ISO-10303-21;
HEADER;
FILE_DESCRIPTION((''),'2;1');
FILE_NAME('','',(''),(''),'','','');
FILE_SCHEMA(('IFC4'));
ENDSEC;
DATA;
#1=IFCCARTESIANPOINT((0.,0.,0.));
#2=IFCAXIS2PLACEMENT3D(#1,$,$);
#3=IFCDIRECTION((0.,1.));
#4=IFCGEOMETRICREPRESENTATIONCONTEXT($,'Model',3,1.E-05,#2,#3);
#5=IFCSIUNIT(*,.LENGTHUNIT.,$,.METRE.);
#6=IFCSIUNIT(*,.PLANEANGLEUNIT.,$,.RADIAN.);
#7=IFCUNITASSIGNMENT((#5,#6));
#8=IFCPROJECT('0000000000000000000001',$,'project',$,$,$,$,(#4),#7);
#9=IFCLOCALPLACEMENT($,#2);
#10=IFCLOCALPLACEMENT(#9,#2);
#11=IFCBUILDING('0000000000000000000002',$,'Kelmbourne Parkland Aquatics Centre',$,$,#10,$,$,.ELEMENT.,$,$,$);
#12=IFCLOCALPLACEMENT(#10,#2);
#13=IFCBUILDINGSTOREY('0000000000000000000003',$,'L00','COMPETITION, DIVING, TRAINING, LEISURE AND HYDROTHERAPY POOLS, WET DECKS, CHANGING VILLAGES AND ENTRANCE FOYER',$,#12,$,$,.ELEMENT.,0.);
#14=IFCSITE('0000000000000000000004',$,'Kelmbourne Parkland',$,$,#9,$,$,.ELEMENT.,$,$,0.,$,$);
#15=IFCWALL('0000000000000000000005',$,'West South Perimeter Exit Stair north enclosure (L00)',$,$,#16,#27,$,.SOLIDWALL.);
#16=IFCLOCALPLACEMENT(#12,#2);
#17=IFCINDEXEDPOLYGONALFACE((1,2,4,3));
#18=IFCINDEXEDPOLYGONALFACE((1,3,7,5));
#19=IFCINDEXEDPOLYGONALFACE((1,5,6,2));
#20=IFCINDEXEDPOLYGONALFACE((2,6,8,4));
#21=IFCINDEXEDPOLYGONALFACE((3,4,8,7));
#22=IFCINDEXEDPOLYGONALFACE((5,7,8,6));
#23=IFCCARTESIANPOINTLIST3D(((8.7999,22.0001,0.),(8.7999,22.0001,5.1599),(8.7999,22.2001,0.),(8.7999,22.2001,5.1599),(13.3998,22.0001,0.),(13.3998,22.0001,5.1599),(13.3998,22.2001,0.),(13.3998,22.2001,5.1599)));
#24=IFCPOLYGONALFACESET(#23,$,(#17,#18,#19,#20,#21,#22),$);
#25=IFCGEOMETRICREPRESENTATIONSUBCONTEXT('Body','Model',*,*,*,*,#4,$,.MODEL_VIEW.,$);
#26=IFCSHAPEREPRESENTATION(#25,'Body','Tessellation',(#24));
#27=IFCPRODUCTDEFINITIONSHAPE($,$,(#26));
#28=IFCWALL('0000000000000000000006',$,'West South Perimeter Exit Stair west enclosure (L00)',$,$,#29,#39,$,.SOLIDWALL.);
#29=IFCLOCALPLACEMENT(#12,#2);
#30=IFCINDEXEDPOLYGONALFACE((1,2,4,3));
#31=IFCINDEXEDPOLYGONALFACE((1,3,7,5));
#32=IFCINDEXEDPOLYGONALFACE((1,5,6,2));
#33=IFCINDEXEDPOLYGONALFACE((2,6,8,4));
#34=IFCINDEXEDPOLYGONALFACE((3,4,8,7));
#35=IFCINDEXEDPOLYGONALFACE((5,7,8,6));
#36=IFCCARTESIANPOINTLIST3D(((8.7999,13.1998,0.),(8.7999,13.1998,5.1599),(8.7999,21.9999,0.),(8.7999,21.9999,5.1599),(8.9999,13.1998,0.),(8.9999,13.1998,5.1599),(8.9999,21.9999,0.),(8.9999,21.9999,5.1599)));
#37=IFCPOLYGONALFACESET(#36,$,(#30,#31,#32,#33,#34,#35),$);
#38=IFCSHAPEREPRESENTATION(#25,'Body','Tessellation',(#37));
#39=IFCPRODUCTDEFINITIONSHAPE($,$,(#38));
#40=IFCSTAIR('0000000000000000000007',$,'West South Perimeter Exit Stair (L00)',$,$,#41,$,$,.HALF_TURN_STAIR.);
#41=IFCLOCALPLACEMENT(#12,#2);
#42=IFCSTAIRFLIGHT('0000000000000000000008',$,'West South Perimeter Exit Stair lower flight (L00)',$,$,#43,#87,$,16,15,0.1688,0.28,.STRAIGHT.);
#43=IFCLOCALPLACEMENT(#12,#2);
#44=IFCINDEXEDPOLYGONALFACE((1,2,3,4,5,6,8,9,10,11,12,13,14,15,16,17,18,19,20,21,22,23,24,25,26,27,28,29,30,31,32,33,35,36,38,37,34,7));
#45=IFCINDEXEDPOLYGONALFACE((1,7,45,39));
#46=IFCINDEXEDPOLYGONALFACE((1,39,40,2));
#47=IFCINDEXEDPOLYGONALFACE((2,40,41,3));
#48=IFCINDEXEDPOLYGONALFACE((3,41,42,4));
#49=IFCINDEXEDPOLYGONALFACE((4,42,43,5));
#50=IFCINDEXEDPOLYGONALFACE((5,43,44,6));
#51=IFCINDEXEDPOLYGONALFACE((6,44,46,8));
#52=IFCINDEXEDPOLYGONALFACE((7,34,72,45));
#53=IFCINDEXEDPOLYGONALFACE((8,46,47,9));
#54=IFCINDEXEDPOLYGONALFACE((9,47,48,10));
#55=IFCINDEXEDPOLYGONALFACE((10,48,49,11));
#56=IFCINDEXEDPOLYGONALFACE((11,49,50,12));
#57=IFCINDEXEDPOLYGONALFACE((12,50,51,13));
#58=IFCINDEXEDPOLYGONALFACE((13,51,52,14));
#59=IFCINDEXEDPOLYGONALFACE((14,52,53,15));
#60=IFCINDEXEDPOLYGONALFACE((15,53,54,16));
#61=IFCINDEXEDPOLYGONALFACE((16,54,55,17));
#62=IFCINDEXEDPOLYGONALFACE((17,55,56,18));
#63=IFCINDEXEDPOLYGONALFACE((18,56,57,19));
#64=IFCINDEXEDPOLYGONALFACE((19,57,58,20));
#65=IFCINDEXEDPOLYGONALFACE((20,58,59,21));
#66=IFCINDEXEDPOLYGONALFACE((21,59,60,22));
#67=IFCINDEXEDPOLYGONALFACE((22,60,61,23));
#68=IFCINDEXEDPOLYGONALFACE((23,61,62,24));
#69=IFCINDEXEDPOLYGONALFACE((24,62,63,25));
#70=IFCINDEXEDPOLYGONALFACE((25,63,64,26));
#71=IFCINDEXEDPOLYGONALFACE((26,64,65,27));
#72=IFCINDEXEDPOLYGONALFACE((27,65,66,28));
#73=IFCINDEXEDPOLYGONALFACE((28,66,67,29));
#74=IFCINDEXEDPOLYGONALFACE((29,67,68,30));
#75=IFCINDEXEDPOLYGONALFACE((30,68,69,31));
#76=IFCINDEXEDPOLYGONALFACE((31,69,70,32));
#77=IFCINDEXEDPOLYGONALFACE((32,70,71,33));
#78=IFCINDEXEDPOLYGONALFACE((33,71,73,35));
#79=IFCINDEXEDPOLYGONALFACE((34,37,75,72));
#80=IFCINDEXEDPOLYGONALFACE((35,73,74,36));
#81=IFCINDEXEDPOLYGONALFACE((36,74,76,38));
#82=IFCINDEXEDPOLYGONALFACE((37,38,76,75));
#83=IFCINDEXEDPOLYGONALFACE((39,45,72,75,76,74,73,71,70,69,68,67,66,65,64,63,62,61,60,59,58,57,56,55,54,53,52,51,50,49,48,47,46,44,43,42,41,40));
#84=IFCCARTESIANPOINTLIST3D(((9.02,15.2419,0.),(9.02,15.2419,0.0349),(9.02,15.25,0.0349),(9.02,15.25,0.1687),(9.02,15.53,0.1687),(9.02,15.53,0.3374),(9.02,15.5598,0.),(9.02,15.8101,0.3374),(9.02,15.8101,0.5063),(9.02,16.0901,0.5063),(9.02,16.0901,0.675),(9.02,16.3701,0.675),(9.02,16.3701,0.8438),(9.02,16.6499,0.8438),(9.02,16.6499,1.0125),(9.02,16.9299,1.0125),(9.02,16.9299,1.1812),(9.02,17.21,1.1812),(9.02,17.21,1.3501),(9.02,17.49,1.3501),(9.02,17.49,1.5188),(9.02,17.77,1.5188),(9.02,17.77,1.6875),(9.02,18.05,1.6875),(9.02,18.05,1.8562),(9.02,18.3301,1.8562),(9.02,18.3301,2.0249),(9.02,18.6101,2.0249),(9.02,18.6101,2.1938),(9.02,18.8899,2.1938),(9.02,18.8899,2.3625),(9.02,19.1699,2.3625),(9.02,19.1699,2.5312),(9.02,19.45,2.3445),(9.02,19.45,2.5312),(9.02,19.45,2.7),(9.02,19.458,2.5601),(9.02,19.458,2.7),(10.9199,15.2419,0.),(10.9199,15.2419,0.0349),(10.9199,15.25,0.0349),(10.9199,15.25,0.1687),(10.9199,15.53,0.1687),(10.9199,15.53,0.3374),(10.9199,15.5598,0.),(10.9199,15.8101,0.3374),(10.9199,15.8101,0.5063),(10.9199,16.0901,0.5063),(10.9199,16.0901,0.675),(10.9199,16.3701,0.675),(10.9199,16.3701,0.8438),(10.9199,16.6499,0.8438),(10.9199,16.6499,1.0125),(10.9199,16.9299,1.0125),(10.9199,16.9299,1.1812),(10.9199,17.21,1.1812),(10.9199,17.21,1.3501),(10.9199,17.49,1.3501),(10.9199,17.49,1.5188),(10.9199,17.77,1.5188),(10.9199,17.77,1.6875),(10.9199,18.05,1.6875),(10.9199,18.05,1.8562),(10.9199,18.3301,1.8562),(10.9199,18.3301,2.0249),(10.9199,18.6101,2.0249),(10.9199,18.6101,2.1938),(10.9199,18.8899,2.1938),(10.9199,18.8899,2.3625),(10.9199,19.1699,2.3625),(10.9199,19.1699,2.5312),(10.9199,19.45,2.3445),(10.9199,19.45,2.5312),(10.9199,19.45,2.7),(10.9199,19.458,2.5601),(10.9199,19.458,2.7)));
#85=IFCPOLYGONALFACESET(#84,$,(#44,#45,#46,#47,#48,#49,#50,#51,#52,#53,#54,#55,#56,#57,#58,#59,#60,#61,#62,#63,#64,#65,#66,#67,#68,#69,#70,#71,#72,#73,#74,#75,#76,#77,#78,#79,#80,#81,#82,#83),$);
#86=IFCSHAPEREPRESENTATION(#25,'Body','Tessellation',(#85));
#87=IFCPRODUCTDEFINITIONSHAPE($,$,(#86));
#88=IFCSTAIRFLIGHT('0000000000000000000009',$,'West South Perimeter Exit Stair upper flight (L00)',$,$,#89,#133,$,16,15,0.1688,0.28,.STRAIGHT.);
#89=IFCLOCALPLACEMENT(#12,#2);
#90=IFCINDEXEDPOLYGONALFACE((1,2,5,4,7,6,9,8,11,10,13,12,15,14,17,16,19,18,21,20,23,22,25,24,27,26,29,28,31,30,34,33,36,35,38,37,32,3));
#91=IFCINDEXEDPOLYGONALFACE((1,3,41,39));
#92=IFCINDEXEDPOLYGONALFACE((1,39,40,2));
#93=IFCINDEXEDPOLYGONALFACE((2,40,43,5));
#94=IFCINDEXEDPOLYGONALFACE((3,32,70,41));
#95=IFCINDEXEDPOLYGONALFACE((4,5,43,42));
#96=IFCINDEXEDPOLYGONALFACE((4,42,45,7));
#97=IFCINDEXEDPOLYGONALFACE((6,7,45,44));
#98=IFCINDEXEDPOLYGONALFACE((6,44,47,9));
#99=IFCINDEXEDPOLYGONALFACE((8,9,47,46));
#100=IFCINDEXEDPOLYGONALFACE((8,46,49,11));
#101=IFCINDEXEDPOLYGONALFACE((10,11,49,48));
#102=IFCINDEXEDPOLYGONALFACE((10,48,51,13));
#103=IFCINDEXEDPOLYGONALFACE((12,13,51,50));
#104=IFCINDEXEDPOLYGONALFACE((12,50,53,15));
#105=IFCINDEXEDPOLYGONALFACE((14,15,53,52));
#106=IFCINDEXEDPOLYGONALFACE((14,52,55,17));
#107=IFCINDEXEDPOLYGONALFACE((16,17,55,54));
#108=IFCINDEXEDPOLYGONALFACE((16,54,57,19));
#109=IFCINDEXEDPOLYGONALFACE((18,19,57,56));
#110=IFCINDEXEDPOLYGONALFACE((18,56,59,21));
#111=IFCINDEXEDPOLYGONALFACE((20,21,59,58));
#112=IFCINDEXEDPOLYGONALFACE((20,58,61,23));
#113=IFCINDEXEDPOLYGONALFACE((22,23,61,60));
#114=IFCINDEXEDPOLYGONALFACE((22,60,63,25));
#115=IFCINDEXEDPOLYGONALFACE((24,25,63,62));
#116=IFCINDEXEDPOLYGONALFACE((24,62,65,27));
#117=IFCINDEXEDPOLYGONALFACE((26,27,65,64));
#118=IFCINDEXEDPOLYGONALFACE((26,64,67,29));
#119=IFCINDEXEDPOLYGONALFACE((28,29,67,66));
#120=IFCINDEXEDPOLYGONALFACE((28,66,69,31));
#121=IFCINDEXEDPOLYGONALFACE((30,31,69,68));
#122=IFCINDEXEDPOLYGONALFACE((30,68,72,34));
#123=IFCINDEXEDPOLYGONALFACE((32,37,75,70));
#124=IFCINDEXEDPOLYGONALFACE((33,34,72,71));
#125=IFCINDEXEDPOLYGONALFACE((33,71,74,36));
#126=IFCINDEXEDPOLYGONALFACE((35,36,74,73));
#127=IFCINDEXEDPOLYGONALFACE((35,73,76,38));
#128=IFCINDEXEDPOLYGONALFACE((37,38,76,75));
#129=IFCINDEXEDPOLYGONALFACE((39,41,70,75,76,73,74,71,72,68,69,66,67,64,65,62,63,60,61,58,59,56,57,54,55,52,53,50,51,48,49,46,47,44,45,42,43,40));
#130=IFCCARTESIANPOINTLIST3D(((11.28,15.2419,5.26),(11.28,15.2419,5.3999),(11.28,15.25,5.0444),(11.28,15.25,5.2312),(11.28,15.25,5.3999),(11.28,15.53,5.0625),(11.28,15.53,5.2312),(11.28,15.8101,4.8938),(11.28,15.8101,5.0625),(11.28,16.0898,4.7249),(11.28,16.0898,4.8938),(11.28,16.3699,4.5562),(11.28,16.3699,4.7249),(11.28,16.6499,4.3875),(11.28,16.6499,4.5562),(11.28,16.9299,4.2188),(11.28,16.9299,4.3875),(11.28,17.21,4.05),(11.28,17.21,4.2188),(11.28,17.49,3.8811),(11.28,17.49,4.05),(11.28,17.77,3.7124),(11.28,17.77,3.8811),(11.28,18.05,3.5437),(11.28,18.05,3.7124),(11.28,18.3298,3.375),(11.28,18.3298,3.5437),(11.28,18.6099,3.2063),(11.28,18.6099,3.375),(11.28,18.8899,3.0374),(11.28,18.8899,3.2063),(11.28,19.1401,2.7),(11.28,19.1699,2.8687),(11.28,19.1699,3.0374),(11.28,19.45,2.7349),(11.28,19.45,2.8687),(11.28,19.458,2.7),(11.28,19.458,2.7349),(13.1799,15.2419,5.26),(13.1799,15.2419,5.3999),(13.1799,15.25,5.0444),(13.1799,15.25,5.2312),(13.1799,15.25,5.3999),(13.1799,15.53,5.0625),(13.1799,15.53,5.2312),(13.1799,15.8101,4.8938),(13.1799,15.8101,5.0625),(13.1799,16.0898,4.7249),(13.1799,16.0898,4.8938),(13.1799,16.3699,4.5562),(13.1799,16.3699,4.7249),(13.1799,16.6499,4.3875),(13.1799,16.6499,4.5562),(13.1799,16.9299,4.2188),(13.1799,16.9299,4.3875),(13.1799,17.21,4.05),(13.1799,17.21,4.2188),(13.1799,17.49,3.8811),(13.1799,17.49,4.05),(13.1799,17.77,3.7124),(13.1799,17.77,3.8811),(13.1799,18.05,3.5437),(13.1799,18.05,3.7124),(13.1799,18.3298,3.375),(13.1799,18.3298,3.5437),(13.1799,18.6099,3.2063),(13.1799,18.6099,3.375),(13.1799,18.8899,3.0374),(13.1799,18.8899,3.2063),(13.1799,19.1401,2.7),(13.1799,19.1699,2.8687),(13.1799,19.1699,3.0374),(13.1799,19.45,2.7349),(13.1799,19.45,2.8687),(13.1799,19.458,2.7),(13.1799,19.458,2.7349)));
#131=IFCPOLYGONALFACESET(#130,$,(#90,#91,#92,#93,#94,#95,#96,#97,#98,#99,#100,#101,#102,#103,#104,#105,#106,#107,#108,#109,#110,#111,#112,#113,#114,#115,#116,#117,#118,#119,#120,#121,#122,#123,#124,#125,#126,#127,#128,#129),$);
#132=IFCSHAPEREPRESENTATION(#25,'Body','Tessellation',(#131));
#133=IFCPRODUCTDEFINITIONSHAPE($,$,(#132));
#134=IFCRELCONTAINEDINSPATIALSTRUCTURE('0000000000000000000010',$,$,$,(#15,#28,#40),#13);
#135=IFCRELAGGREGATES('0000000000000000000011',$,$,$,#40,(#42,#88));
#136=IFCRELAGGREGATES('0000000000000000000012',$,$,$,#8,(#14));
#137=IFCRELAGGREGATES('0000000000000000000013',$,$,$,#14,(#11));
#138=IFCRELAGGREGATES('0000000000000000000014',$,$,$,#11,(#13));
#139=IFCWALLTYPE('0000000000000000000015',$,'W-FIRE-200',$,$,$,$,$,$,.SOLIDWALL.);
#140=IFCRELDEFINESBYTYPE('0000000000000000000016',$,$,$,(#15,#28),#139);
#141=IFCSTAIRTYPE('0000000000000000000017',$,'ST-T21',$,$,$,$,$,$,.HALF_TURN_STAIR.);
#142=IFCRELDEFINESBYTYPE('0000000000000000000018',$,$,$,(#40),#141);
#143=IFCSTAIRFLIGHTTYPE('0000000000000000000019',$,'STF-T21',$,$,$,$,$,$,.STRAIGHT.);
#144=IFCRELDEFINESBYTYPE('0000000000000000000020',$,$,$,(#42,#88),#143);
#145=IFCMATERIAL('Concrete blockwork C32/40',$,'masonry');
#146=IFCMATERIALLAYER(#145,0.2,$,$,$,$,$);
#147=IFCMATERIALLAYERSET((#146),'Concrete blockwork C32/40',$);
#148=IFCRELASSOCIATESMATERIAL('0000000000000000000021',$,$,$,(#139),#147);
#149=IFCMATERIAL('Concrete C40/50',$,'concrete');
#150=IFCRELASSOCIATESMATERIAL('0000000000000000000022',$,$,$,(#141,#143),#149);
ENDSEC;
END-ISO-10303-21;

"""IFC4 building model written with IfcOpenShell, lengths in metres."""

from ifc_helpers import new_model, si_unit, direction, frame, frame_2d, origin, place, context, subcontext, project, spatial, polyline, rectangle, outline, extrude, material, layer, layer_set, type_object, element, aggregate, save


model = new_model("IFC4")

# Units and contexts
model_context = context("Model", 3, precision=1e-05, world=origin(), true_north=direction((0.0, 1.0)))
body_context = subcontext(model_context, "Body", "Model", "MODEL_VIEW")
ifc_project = project(units=[si_unit("LENGTHUNIT", "METRE"), si_unit("PLANEANGLEUNIT", "RADIAN")], contexts=[model_context])

# Site, building, storey
site_placement = place(None, origin())
site = spatial("IfcSite", under=ifc_project, at=site_placement, Name="Kelmbourne Parkland", CompositionType="ELEMENT", RefElevation=0.0)
building_placement = place(site_placement, origin())
building = spatial("IfcBuilding", under=site, at=building_placement, Name="Kelmbourne Parkland Aquatics Centre", CompositionType="ELEMENT")
storey_placement = place(building_placement, origin())
storey = spatial("IfcBuildingStorey", under=building, at=storey_placement, Name="L00", Description="COMPETITION, DIVING, TRAINING, LEISURE AND HYDROTHERAPY POOLS, WET DECKS, CHANGING VILLAGES AND ENTRANCE FOYER", CompositionType="ELEMENT", Elevation=0.0)

# Shared definitions
ifc_material_1 = material(Name="Concrete C40/50", Category="concrete")

# Walls
ifc_material_2 = material(Name="Concrete blockwork C32/40", Category="masonry")
ifc_layer = layer(ifc_material_2, 0.2)
ifc_layer_set = layer_set([ifc_layer], Name="Concrete blockwork C32/40")
wall_type = type_object("IfcWallType", Name="W-FIRE-200", PredefinedType="SOLIDWALL", material=ifc_layer_set)
wall_1_placement = place(storey_placement, frame((8.8, 22.1001, 0.0), z_axis=(0.0, 0.0, 1.0), x_axis=(1.0, 0.0, 0.0)))
element("IfcWall", 1, at=wall_1_placement, inside=storey, type_object=wall_type, Name="West South Perimeter Exit Stair north enclosure (L00)", PredefinedType="SOLIDWALL", context=body_context, shape_type="SweptSolid", body=[
    extrude(rectangle(XDim=4.5999, YDim=0.2, at=frame_2d((2.2998, 0.0))), origin(), (0.0, 0.0, 1.0), 5.1599),
])
wall_2_placement = place(storey_placement, frame((8.8999, 13.2, 0.0), z_axis=(0.0, 0.0, 1.0), x_axis=(0.0, 1.0, 0.0)))
element("IfcWall", 2, at=wall_2_placement, inside=storey, type_object=wall_type, Name="West South Perimeter Exit Stair west enclosure (L00)", PredefinedType="SOLIDWALL", context=body_context, shape_type="SweptSolid", body=[
    extrude(rectangle(XDim=8.8, YDim=0.2, at=frame_2d((4.3999, 0.0))), origin(), (0.0, 0.0, 1.0), 5.1599),
])

# Stair, stair flights
stair_type = type_object("IfcStairType", Name="ST-T21", PredefinedType="HALF_TURN_STAIR", material=ifc_material_1)
stair_placement = place(storey_placement, origin())
stair = element("IfcStair", 3, at=stair_placement, inside=storey, type_object=stair_type, Name="West South Perimeter Exit Stair (L00)", PredefinedType="HALF_TURN_STAIR")
stair_flight_type = type_object("IfcStairFlightType", Name="STF-T21", PredefinedType="STRAIGHT", material=ifc_material_1)
stair_flight_1_placement = place(storey_placement, frame((9.97, 15.25, 0.0), z_axis=(0.0, 0.0, 1.0), x_axis=(0.0, 1.0, 0.0)))
stair_flight_1 = element("IfcStairFlight", 4, at=stair_flight_1_placement, type_object=stair_flight_type, Name="West South Perimeter Exit Stair lower flight (L00)", NumberOfRisers=16, NumberOfTreads=15, PredefinedType="STRAIGHT", RiserHeight=0.1688, TreadLength=0.28, context=body_context, shape_type="SweptSolid", body=[
    extrude(outline(polyline([(-0.0081, 0.0), (-0.0081, 0.0349), (0.0, 0.0349), (0.0, 0.1687), (0.28, 0.1687), (0.28, 0.3374), (0.5601, 0.3374), (0.5601, 0.5063), (0.8401, 0.5063), (0.8401, 0.675), (1.1201, 0.675), (1.1201, 0.8438), (1.3999, 0.8438), (1.3999, 1.0125), (1.6799, 1.0125), (1.6799, 1.1812), (1.96, 1.1812), (1.96, 1.3501), (2.24, 1.3501), (2.24, 1.5188), (2.52, 1.5188), (2.52, 1.6875), (2.8, 1.6875), (2.8, 1.8562), (3.0801, 1.8562), (3.0801, 2.0249), (3.3601, 2.0249), (3.3601, 2.1938), (3.6399, 2.1938), (3.6399, 2.3625), (3.9199, 2.3625), (3.9199, 2.5312), (4.2, 2.5312), (4.2, 2.7), (4.208, 2.7), (4.208, 2.5601), (4.2, 2.3445), (0.3098, 0.0), (-0.0081, 0.0)])), frame((0.0, 0.95, 0.0), z_axis=(0.0, -1.0, 0.0), x_axis=(1.0, 0.0, 0.0)), (0.0, 0.0, 1.0), 1.8999),
])
stair_flight_2_placement = place(storey_placement, frame((12.23, 19.45, 2.7), z_axis=(0.0, 0.0, 1.0), x_axis=(0.0, -1.0, 0.0)))
stair_flight_2 = element("IfcStairFlight", 5, at=stair_flight_2_placement, type_object=stair_flight_type, Name="West South Perimeter Exit Stair upper flight (L00)", NumberOfRisers=16, NumberOfTreads=15, PredefinedType="STRAIGHT", RiserHeight=0.1688, TreadLength=0.28, context=body_context, shape_type="SweptSolid", body=[
    extrude(outline(polyline([(-0.0081, 0.0), (-0.0081, 0.0349), (0.0, 0.0349), (0.0, 0.1687), (0.28, 0.1687), (0.28, 0.3374), (0.5601, 0.3374), (0.5601, 0.5063), (0.8401, 0.5063), (0.8401, 0.675), (1.1201, 0.675), (1.1201, 0.8438), (1.3999, 0.8438), (1.3999, 1.0125), (1.6799, 1.0125), (1.6799, 1.1812), (1.96, 1.1812), (1.96, 1.3501), (2.24, 1.3501), (2.24, 1.5188), (2.52, 1.5188), (2.52, 1.6875), (2.8, 1.6875), (2.8, 1.8562), (3.0801, 1.8562), (3.0801, 2.0249), (3.3601, 2.0249), (3.3601, 2.1938), (3.6399, 2.1938), (3.6399, 2.3625), (3.9199, 2.3625), (3.9199, 2.5312), (4.2, 2.5312), (4.2, 2.7), (4.208, 2.7), (4.208, 2.5601), (4.2, 2.3445), (0.3098, 0.0), (-0.0081, 0.0)])), frame((0.0, 0.95, 0.0), z_axis=(0.0, -1.0, 0.0), x_axis=(1.0, 0.0, 0.0)), (0.0, 0.0, 1.0), 1.8999),
])
aggregate(stair, [stair_flight_1, stair_flight_2])

save(model, "model.ifc")
